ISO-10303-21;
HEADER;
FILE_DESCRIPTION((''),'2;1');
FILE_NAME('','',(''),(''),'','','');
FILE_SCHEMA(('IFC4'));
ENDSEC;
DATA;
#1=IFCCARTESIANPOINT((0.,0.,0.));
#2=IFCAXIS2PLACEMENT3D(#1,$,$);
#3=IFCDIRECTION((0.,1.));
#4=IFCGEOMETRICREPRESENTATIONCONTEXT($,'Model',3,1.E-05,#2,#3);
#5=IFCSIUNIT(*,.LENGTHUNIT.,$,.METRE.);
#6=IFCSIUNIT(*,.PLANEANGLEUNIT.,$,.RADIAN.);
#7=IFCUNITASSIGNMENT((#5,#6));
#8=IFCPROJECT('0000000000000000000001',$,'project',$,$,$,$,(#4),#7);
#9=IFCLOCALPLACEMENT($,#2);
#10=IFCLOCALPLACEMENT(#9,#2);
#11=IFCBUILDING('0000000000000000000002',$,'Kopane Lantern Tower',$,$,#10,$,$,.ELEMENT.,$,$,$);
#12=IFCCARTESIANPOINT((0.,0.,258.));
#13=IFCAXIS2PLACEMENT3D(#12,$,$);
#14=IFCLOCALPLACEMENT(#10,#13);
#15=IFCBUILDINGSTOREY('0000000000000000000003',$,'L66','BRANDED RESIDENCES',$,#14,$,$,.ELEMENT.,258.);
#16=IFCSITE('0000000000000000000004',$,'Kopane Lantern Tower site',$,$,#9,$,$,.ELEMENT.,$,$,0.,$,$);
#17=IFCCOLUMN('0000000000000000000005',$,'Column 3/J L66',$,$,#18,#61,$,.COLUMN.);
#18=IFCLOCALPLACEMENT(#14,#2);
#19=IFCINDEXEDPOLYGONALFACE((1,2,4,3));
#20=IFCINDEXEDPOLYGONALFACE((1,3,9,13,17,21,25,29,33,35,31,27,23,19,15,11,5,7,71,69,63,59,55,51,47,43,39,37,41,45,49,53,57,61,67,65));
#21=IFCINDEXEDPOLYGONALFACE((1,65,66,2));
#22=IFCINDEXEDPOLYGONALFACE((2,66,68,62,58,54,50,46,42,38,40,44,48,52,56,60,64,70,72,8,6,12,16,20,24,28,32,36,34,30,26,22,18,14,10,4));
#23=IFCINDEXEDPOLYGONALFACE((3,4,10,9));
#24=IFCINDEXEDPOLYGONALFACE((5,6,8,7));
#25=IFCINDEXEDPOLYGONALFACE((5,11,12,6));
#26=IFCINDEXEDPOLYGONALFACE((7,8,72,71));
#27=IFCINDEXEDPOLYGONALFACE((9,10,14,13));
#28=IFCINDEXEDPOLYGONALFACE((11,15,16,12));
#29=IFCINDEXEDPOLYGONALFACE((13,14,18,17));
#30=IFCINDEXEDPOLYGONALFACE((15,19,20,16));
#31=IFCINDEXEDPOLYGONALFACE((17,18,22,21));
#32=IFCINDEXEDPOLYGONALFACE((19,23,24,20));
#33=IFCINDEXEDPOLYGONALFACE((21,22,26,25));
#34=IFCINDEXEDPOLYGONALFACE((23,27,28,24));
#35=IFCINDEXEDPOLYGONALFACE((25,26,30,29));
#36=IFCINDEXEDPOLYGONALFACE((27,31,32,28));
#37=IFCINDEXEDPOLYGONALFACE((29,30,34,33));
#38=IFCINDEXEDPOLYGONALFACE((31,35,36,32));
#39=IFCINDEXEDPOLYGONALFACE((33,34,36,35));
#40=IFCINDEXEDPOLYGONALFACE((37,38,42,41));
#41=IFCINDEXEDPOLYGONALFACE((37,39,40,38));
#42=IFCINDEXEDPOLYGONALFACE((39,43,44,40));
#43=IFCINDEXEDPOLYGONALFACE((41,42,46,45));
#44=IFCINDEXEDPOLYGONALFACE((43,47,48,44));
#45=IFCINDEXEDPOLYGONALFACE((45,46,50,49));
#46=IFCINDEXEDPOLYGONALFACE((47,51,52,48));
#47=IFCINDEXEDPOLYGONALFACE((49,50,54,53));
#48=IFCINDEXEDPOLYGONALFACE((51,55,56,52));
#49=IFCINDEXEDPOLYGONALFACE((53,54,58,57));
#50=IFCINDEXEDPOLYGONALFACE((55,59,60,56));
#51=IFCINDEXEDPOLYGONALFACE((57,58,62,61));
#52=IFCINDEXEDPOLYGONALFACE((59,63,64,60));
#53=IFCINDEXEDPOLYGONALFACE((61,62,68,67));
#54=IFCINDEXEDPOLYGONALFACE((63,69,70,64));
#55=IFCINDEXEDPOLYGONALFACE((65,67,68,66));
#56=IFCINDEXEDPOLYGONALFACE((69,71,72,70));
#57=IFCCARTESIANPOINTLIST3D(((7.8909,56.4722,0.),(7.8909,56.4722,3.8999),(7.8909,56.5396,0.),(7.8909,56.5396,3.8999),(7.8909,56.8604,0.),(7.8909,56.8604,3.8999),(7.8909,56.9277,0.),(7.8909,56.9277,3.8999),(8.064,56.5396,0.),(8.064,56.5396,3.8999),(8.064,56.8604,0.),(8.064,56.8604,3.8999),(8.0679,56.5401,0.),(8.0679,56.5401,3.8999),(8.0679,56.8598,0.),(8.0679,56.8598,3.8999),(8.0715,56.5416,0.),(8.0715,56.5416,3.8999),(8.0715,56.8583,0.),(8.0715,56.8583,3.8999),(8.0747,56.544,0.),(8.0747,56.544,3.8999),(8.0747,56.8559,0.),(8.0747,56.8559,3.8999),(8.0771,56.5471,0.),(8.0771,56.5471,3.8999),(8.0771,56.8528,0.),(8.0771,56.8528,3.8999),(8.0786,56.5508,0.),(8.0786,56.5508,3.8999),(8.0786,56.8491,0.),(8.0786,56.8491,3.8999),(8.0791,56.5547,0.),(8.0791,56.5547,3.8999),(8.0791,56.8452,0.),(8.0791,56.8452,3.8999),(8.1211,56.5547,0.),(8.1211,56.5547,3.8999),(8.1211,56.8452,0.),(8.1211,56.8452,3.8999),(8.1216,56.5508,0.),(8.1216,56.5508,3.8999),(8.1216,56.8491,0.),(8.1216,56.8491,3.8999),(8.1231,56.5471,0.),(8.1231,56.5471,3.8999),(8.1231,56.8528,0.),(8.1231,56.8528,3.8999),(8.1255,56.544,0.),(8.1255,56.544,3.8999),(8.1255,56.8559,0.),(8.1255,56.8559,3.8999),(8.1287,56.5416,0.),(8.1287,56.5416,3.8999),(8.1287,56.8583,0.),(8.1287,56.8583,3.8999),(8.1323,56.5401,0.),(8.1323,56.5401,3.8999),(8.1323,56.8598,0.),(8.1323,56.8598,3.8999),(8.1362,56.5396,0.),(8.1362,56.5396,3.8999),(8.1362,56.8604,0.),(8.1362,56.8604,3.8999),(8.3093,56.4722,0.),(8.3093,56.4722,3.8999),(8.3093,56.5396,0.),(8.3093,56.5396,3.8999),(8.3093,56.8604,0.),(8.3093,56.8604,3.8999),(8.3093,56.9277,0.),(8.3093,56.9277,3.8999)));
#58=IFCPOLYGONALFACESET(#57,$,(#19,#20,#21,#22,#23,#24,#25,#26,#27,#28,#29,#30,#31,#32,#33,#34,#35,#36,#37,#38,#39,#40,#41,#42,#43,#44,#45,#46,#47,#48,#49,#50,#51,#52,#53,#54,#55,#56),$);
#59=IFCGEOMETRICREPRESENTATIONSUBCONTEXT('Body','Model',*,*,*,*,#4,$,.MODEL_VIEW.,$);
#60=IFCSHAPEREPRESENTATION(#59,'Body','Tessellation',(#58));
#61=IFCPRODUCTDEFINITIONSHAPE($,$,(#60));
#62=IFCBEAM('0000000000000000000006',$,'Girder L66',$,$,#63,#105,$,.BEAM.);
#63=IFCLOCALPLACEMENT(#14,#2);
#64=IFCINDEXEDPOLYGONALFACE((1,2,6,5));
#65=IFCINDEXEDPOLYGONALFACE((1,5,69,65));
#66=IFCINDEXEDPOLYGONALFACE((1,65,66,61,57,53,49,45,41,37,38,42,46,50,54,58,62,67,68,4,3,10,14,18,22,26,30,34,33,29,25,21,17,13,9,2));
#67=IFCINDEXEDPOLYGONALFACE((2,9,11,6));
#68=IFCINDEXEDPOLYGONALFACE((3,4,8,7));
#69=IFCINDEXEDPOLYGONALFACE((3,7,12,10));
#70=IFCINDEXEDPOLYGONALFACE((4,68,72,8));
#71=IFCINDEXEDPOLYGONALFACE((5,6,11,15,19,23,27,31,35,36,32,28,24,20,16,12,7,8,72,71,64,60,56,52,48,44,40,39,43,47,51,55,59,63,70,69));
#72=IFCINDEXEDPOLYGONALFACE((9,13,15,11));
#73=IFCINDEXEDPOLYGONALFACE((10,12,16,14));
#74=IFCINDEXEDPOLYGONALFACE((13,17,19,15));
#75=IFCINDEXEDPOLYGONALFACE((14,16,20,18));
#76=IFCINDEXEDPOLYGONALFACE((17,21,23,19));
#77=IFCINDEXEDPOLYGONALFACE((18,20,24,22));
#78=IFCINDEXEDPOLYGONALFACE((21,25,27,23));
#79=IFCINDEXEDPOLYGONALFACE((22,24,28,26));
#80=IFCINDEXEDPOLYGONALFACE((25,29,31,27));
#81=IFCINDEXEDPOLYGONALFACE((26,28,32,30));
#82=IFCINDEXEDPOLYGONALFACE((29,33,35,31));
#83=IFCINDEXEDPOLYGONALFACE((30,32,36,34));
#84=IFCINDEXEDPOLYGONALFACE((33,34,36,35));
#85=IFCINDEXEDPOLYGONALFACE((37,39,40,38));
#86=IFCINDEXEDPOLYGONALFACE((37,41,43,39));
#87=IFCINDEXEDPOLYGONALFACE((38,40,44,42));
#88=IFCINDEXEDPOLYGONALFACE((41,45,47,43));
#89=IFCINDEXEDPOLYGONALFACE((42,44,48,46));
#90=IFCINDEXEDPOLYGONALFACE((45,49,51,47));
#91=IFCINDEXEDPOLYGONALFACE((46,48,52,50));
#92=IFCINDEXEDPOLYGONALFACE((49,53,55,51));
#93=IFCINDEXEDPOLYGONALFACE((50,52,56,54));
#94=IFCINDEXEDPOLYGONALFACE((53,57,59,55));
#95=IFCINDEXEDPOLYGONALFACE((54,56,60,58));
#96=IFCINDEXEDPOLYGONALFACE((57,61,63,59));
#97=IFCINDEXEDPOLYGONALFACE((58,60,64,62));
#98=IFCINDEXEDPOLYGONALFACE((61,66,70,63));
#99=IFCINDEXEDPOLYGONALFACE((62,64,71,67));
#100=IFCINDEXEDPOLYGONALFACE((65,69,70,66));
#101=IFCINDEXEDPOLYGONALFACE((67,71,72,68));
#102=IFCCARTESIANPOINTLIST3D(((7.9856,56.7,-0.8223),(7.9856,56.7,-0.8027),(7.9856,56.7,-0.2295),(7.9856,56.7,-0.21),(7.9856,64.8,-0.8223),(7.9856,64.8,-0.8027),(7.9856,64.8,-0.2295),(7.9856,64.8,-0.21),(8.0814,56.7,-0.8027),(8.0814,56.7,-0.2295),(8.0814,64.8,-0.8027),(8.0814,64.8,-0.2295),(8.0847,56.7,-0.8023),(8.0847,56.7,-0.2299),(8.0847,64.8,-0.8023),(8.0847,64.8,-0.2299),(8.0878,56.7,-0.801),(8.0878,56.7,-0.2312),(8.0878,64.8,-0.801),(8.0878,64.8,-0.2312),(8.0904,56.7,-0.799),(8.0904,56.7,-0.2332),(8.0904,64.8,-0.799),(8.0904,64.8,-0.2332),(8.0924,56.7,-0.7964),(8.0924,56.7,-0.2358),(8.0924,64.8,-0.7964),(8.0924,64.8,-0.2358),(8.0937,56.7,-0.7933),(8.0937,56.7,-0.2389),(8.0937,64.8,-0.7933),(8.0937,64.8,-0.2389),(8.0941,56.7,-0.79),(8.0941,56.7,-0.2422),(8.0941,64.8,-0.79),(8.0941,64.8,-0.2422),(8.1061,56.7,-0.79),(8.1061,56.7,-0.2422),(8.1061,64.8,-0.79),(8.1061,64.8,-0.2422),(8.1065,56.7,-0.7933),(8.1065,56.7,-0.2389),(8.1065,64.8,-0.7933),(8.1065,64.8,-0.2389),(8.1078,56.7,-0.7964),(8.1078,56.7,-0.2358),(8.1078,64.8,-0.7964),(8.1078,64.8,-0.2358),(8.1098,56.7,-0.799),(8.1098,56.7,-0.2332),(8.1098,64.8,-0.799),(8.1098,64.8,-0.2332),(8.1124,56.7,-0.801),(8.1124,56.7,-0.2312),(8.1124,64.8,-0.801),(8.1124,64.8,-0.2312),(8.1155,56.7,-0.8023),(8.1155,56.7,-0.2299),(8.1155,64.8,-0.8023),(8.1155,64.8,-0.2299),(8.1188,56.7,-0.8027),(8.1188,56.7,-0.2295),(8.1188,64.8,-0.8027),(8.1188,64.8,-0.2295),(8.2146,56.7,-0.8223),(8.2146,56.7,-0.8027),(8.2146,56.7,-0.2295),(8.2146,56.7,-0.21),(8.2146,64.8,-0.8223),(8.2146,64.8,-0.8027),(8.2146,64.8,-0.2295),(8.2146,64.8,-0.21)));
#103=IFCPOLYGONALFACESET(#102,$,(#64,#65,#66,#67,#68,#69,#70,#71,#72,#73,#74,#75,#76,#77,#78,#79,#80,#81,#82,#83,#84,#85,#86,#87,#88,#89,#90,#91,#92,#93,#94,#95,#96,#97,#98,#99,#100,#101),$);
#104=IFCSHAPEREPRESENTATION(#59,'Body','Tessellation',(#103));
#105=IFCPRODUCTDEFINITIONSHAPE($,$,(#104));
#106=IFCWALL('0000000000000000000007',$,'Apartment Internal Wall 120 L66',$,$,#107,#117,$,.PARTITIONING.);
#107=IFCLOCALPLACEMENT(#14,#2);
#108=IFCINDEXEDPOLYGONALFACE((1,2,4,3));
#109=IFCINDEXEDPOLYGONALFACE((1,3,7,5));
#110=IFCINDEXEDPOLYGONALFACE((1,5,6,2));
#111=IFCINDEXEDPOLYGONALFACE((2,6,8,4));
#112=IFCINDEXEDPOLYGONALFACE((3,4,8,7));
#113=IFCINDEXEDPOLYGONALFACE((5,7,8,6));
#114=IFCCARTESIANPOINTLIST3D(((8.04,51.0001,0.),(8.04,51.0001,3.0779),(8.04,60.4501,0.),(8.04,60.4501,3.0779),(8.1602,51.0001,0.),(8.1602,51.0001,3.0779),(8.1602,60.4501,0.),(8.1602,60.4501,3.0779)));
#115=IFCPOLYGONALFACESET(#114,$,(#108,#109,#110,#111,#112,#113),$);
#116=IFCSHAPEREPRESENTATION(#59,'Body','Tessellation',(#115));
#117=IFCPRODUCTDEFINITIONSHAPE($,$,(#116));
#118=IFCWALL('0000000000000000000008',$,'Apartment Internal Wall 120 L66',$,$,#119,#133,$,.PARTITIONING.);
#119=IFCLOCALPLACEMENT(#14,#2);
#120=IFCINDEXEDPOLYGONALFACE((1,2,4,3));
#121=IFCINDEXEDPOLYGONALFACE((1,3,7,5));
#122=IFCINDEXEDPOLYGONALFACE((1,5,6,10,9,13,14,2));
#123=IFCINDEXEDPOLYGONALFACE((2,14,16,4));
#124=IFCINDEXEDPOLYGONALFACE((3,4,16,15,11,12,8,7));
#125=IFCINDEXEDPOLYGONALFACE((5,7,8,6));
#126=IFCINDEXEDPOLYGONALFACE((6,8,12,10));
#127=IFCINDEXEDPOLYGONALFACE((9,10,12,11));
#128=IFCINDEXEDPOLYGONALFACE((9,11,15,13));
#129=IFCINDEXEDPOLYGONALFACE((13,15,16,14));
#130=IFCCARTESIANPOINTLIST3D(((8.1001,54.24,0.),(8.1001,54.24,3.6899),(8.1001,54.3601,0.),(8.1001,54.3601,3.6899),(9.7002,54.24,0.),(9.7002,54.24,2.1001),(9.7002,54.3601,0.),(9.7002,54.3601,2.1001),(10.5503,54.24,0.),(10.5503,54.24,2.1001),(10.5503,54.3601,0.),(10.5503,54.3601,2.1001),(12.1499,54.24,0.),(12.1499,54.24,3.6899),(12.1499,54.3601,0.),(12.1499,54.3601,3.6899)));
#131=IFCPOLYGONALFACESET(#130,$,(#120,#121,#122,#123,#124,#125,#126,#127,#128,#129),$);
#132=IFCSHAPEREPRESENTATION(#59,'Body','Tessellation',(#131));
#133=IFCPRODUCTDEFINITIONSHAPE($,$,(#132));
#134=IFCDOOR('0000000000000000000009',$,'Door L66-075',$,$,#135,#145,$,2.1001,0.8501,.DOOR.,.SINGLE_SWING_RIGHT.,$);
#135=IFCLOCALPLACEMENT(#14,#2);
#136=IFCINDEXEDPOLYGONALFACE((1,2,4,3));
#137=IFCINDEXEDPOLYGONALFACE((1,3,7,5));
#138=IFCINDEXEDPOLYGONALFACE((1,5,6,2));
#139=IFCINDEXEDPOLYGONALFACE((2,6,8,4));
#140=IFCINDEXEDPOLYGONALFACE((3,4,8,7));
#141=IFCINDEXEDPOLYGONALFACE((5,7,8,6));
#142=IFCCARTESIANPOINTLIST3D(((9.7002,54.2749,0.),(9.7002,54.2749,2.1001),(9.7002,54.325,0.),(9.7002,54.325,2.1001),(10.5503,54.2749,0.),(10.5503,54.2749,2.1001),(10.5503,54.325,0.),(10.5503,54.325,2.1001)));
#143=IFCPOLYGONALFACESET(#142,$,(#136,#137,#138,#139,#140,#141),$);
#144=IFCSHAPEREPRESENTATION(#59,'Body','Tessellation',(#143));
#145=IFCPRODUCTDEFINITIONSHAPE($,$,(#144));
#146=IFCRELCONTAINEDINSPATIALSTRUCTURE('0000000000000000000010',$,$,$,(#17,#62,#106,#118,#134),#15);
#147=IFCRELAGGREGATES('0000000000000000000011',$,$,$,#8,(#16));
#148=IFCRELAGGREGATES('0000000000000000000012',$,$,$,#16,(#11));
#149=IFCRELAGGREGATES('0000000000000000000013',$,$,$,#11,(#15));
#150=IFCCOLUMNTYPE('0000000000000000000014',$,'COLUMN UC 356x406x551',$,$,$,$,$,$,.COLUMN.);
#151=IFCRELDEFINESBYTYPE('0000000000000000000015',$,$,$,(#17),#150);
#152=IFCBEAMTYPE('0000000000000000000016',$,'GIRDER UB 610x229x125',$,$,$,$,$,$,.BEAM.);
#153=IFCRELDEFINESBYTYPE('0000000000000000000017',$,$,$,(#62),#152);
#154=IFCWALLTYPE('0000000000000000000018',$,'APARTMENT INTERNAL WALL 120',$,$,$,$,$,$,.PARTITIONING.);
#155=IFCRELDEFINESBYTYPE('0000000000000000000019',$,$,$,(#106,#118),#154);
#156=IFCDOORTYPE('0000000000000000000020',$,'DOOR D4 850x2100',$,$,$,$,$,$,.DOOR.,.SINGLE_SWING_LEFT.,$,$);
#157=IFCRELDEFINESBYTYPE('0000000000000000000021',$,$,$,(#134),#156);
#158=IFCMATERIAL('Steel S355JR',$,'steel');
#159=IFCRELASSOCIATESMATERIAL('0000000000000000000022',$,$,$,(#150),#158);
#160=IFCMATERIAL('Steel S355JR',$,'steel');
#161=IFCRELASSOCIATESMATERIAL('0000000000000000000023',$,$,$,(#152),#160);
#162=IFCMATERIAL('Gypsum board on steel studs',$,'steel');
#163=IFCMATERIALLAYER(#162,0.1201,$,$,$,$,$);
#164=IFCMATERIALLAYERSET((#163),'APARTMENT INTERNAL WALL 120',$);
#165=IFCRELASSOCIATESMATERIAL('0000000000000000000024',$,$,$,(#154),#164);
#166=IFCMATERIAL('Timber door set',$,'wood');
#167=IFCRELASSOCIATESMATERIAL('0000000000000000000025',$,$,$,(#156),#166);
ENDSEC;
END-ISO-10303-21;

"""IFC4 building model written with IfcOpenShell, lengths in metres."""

from ifc_helpers import new_model, si_unit, direction, frame, frame_2d, origin, origin_2d, place, context, subcontext, project, spatial, rectangle, i_section, extrude, material, layer, layer_set, material_profile, profile_set, type_object, element, fill, save


model = new_model("IFC4")

# Units and contexts
model_context = context("Model", 3, precision=1e-05, world=origin(), true_north=direction((0.0, 1.0)))
body_context = subcontext(model_context, "Body", "Model", "MODEL_VIEW")
ifc_project = project(units=[si_unit("LENGTHUNIT", "METRE"), si_unit("PLANEANGLEUNIT", "RADIAN")], contexts=[model_context])

# Site, building, storey
site_placement = place(None, origin())
site = spatial("IfcSite", under=ifc_project, at=site_placement, Name="Kopane Lantern Tower site", CompositionType="ELEMENT", RefElevation=0.0)
building_placement = place(site_placement, origin())
building = spatial("IfcBuilding", under=site, at=building_placement, Name="Kopane Lantern Tower", CompositionType="ELEMENT")
storey_placement = place(building_placement, frame((0.0, 0.0, 258.0)))
storey = spatial("IfcBuildingStorey", under=building, at=storey_placement, Name="L66", Description="BRANDED RESIDENCES", CompositionType="ELEMENT", Elevation=258.0)

# Column
ifc_material_1 = material(Name="Steel S355JR", Category="steel")
ifc_material_profile_1 = material_profile(ifc_material_1, i_section(OverallWidth=0.4185, OverallDepth=0.4556, WebThickness=0.042, FlangeThickness=0.0674, FilletRadius=0.0151, at=origin_2d()), Name="UC 356x406x551")
ifc_profile_set_1 = profile_set([ifc_material_profile_1], Name="Steel S355JR")
column_type = type_object("IfcColumnType", Name="COLUMN UC 356x406x551", PredefinedType="COLUMN", material=ifc_profile_set_1)
column_placement = place(storey_placement, frame((8.1001, 56.7, 0.0), z_axis=(0.0, 0.0, 1.0), x_axis=(1.0, 0.0, 0.0)))
element("IfcColumn", 1, at=column_placement, inside=storey, type_object=column_type, Name="Column 3/J L66", PredefinedType="COLUMN", context=body_context, shape_type="SweptSolid", body=[
    extrude(i_section(OverallWidth=0.4185, OverallDepth=0.4556, WebThickness=0.042, FlangeThickness=0.0674, FilletRadius=0.0151, at=origin_2d()), origin(), (0.0, 0.0, 1.0), 3.8999),
])

# Beam
ifc_material_2 = material(Name="Steel S355JR", Category="steel")
ifc_material_profile_2 = material_profile(ifc_material_2, i_section(OverallWidth=0.229, OverallDepth=0.6123, WebThickness=0.012, FlangeThickness=0.0195, FilletRadius=0.0127, at=origin_2d()), Name="UB 610x229x125")
ifc_profile_set_2 = profile_set([ifc_material_profile_2], Name="Steel S355JR")
beam_type = type_object("IfcBeamType", Name="GIRDER UB 610x229x125", PredefinedType="BEAM", material=ifc_profile_set_2)
beam_placement = place(storey_placement, frame((8.1001, 56.7, -0.5161), z_axis=(0.0, 1.0, 0.0), x_axis=(-1.0, 0.0, 0.0)))
element("IfcBeam", 2, at=beam_placement, inside=storey, type_object=beam_type, Name="Girder L66", PredefinedType="BEAM", context=body_context, shape_type="SweptSolid", body=[
    extrude(i_section(OverallWidth=0.229, OverallDepth=0.6123, WebThickness=0.012, FlangeThickness=0.0195, FilletRadius=0.0127, at=origin_2d()), origin(), (0.0, 0.0, 1.0), 8.1001),
])

# Wall
ifc_material_3 = material(Name="Gypsum board on steel studs", Category="steel")
ifc_layer_1 = layer(ifc_material_3, 0.1201)
ifc_layer_set_1 = layer_set([ifc_layer_1], Name="APARTMENT INTERNAL WALL 120")
wall_type_1 = type_object("IfcWallType", Name="APARTMENT INTERNAL WALL 120", PredefinedType="PARTITIONING", material=ifc_layer_set_1)
wall_1_placement = place(storey_placement, frame((8.1001, 51.0, 0.0), z_axis=(0.0, 0.0, 1.0), x_axis=(0.0, 1.0, 0.0)))
element("IfcWall", 3, at=wall_1_placement, inside=storey, type_object=wall_type_1, Name="Apartment Internal Wall 120 L66", PredefinedType="PARTITIONING", context=body_context, shape_type="SweptSolid", body=[
    extrude(rectangle(XDim=9.45, YDim=0.1201, at=frame_2d((4.7251, 0.0))), origin(), (0.0, 0.0, 1.0), 3.0779),
])

# Wall, opening, door
wall_2_placement = place(storey_placement, frame((8.1001, 54.3, 0.0), z_axis=(0.0, 0.0, 1.0), x_axis=(1.0, 0.0, 0.0)))
wall_2 = element("IfcWall", 4, at=wall_2_placement, inside=storey, type_object=wall_type_1, Name="Apartment Internal Wall 120 L66", PredefinedType="PARTITIONING", context=body_context, shape_type="SweptSolid", body=[
    extrude(rectangle(XDim=4.0498, YDim=0.1201, at=frame_2d((2.0249, 0.0))), origin(), (0.0, 0.0, 1.0), 3.6899),
])
opening_1_placement = place(wall_2_placement, frame((1.6001, 0.0, 0.0)))
opening_1 = element("IfcOpeningElement", 5, at=opening_1_placement, cuts=wall_2, PredefinedType="OPENING", context=body_context, shape_type="SweptSolid", body=[
    extrude(rectangle(XDim=0.8501, YDim=2.1001, at=frame_2d((0.425, 1.05))), frame((0.0, 0.0701, 0.0), z_axis=(0.0, -1.0, 0.0), x_axis=(1.0, 0.0, 0.0)), (0.0, 0.0, 1.0), 0.1401),
])
ifc_material_4 = material(Name="Timber door set", Category="wood")
door_type_1 = type_object("IfcDoorType", Name="DOOR D4 850x2100", OperationType="SINGLE_SWING_LEFT", PredefinedType="DOOR", material=ifc_material_4)
door_1_placement = place(opening_1_placement, origin())
door_1 = element("IfcDoor", 6, at=door_1_placement, inside=storey, type_object=door_type_1, Name="Door L66-075", OperationType="SINGLE_SWING_RIGHT", OverallHeight=2.1001, OverallWidth=0.8501, PredefinedType="DOOR", context=body_context, shape_type="SweptSolid", body=[
    extrude(rectangle(XDim=0.8501, YDim=2.1001, at=frame_2d((0.425, 1.05))), frame((0.0, 0.0249, 0.0), z_axis=(0.0, -1.0, 0.0), x_axis=(1.0, 0.0, 0.0)), (0.0, 0.0, 1.0), 0.05),
])
fill(opening_1, door_1)

save(model, "model.ifc")
